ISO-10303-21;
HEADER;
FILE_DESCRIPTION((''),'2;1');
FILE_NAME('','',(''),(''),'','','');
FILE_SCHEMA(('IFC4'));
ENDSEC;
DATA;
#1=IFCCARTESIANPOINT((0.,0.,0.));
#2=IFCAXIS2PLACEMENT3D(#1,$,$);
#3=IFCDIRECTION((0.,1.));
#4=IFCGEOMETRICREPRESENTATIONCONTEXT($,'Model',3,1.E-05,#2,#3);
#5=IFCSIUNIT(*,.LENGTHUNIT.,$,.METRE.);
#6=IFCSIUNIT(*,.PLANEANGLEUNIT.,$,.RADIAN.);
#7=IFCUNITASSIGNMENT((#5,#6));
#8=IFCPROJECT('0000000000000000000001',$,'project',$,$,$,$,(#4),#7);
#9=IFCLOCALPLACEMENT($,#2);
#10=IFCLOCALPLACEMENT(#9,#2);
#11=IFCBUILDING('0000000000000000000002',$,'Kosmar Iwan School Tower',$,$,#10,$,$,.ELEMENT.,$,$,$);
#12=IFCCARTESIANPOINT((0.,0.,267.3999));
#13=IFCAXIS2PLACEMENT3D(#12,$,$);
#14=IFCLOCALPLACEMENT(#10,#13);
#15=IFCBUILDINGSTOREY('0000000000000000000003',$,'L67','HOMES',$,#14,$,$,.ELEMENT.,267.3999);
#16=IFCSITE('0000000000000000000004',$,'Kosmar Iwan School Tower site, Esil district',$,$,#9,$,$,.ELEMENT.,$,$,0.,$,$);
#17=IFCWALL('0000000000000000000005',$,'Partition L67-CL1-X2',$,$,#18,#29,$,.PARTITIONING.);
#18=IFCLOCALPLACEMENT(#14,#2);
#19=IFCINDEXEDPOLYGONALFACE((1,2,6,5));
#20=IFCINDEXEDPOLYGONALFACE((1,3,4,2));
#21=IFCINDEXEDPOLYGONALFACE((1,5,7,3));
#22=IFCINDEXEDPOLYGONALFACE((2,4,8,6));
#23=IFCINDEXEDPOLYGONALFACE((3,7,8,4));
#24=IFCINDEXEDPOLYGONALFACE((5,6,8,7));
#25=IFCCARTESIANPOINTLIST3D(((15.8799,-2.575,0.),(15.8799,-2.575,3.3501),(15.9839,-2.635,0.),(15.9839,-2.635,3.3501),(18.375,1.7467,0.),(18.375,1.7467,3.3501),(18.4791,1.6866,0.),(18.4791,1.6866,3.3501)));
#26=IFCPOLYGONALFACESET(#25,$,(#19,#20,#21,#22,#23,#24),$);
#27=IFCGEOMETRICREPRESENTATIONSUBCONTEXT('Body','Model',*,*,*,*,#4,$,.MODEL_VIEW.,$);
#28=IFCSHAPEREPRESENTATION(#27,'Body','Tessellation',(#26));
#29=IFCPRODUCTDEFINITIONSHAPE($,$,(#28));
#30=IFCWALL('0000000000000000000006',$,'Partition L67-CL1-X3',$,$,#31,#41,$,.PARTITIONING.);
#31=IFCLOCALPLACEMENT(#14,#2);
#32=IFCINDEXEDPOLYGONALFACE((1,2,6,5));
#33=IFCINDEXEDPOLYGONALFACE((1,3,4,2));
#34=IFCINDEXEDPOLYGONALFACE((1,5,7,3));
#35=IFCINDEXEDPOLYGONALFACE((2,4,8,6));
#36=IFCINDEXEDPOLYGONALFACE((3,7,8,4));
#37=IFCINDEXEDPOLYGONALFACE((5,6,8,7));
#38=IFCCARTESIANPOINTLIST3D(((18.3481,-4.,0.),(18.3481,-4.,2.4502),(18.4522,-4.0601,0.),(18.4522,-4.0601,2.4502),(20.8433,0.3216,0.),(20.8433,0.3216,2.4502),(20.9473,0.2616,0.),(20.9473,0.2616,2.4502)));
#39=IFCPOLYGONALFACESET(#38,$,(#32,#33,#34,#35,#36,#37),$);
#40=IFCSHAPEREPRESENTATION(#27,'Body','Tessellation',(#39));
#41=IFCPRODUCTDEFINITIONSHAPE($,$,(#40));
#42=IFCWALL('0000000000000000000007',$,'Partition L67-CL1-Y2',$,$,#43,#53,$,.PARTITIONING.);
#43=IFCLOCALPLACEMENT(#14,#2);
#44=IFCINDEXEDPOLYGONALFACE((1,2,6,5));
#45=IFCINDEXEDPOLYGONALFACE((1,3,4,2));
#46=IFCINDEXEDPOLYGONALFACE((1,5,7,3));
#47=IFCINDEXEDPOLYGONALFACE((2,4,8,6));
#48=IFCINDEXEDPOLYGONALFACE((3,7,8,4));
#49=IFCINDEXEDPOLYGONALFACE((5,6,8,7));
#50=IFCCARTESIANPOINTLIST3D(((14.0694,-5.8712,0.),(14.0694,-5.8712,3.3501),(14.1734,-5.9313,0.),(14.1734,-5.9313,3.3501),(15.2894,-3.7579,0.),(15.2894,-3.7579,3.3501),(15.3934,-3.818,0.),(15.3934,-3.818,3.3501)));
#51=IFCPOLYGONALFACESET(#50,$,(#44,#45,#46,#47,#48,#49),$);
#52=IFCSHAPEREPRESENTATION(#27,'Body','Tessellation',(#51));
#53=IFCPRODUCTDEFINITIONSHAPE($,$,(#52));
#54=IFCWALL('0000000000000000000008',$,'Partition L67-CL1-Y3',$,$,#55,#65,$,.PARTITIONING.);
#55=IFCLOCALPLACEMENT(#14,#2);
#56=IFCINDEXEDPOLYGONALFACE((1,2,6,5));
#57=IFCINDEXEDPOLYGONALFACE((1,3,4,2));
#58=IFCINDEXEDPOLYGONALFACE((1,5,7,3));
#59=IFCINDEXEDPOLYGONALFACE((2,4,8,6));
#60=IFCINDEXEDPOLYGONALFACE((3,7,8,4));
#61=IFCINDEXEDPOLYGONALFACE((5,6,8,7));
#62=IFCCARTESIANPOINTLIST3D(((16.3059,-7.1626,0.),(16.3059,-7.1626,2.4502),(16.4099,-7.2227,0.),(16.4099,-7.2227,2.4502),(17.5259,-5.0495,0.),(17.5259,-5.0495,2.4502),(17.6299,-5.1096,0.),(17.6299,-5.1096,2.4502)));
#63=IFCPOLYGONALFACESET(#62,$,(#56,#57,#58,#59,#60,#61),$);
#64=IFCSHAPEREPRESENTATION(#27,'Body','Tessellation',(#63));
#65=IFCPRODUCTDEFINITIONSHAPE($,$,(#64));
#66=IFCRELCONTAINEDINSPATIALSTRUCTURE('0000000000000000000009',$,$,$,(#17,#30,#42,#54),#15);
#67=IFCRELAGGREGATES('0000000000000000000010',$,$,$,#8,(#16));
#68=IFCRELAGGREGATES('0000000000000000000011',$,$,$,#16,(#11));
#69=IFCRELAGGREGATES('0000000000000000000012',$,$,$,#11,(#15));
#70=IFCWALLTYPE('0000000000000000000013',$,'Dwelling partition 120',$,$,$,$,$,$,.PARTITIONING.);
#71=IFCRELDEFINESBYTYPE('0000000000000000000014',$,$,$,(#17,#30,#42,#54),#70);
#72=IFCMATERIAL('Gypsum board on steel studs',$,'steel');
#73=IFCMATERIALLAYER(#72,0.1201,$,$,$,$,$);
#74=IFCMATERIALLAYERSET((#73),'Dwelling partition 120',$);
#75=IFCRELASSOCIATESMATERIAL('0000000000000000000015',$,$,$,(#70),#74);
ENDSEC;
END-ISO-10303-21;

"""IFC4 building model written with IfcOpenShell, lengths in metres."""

from ifc_helpers import new_model, si_unit, direction, frame, frame_2d, origin, place, context, subcontext, project, spatial, rectangle, extrude, material, layer, layer_set, type_object, element, save


model = new_model("IFC4")

# Units and contexts
model_context = context("Model", 3, precision=1e-05, world=origin(), true_north=direction((0.0, 1.0)))
body_context = subcontext(model_context, "Body", "Model", "MODEL_VIEW")
ifc_project = project(units=[si_unit("LENGTHUNIT", "METRE"), si_unit("PLANEANGLEUNIT", "RADIAN")], contexts=[model_context])

# Site, building, storey
site_placement = place(None, origin())
site = spatial("IfcSite", under=ifc_project, at=site_placement, Name="Kosmar Iwan School Tower site, Esil district", CompositionType="ELEMENT", RefElevation=0.0)
building_placement = place(site_placement, origin())
building = spatial("IfcBuilding", under=site, at=building_placement, Name="Kosmar Iwan School Tower", CompositionType="ELEMENT")
storey_placement = place(building_placement, frame((0.0, 0.0, 267.3999)))
storey = spatial("IfcBuildingStorey", under=building, at=storey_placement, Name="L67", Description="HOMES", CompositionType="ELEMENT", Elevation=267.3999)

# Walls
ifc_material_1 = material(Name="Gypsum board on steel studs", Category="steel")
ifc_layer_1 = layer(ifc_material_1, 0.1201)
ifc_layer_set_1 = layer_set([ifc_layer_1], Name="Dwelling partition 120")
wall_type = type_object("IfcWallType", Name="Dwelling partition 120", PredefinedType="PARTITIONING", material=ifc_layer_set_1)
wall_1_placement = place(storey_placement, frame((15.9319, -2.605, 0.0), z_axis=(0.0, 0.0, 1.0), x_axis=(0.500012, 0.866019, 0.0)))
element("IfcWall", 1, at=wall_1_placement, inside=storey, type_object=wall_type, Name="Partition L67-CL1-X2", PredefinedType="PARTITIONING", context=body_context, shape_type="SweptSolid", body=[
    extrude(rectangle(XDim=4.9902, YDim=0.1201, at=frame_2d((2.4951, 0.0))), origin(), (0.0, 0.0, 1.0), 3.3501),
])
wall_2_placement = place(storey_placement, frame((18.4001, -4.03, 0.0), z_axis=(0.0, 0.0, 1.0), x_axis=(0.500012, 0.866019, 0.0)))
element("IfcWall", 2, at=wall_2_placement, inside=storey, type_object=wall_type, Name="Partition L67-CL1-X3", PredefinedType="PARTITIONING", context=body_context, shape_type="SweptSolid", body=[
    extrude(rectangle(XDim=4.9902, YDim=0.1201, at=frame_2d((2.4951, 0.0))), origin(), (0.0, 0.0, 1.0), 2.4502),
])
wall_3_placement = place(storey_placement, frame((14.1213, -5.9014, 0.0), z_axis=(0.0, 0.0, 1.0), x_axis=(0.499959, 0.866049, 0.0)))
element("IfcWall", 3, at=wall_3_placement, inside=storey, type_object=wall_type, Name="Partition L67-CL1-Y2", PredefinedType="PARTITIONING", context=body_context, shape_type="SweptSolid", body=[
    extrude(rectangle(XDim=2.4402, YDim=0.1201, at=frame_2d((1.2202, 0.0))), origin(), (0.0, 0.0, 1.0), 3.3501),
])
wall_4_placement = place(storey_placement, frame((16.3579, -7.1926, 0.0), z_axis=(0.0, 0.0, 1.0), x_axis=(0.500003, 0.866024, 0.0)))
element("IfcWall", 4, at=wall_4_placement, inside=storey, type_object=wall_type, Name="Partition L67-CL1-Y3", PredefinedType="PARTITIONING", context=body_context, shape_type="SweptSolid", body=[
    extrude(rectangle(XDim=2.4399, YDim=0.1201, at=frame_2d((1.22, 0.0))), origin(), (0.0, 0.0, 1.0), 2.4502),
])

save(model, "model.ifc")
